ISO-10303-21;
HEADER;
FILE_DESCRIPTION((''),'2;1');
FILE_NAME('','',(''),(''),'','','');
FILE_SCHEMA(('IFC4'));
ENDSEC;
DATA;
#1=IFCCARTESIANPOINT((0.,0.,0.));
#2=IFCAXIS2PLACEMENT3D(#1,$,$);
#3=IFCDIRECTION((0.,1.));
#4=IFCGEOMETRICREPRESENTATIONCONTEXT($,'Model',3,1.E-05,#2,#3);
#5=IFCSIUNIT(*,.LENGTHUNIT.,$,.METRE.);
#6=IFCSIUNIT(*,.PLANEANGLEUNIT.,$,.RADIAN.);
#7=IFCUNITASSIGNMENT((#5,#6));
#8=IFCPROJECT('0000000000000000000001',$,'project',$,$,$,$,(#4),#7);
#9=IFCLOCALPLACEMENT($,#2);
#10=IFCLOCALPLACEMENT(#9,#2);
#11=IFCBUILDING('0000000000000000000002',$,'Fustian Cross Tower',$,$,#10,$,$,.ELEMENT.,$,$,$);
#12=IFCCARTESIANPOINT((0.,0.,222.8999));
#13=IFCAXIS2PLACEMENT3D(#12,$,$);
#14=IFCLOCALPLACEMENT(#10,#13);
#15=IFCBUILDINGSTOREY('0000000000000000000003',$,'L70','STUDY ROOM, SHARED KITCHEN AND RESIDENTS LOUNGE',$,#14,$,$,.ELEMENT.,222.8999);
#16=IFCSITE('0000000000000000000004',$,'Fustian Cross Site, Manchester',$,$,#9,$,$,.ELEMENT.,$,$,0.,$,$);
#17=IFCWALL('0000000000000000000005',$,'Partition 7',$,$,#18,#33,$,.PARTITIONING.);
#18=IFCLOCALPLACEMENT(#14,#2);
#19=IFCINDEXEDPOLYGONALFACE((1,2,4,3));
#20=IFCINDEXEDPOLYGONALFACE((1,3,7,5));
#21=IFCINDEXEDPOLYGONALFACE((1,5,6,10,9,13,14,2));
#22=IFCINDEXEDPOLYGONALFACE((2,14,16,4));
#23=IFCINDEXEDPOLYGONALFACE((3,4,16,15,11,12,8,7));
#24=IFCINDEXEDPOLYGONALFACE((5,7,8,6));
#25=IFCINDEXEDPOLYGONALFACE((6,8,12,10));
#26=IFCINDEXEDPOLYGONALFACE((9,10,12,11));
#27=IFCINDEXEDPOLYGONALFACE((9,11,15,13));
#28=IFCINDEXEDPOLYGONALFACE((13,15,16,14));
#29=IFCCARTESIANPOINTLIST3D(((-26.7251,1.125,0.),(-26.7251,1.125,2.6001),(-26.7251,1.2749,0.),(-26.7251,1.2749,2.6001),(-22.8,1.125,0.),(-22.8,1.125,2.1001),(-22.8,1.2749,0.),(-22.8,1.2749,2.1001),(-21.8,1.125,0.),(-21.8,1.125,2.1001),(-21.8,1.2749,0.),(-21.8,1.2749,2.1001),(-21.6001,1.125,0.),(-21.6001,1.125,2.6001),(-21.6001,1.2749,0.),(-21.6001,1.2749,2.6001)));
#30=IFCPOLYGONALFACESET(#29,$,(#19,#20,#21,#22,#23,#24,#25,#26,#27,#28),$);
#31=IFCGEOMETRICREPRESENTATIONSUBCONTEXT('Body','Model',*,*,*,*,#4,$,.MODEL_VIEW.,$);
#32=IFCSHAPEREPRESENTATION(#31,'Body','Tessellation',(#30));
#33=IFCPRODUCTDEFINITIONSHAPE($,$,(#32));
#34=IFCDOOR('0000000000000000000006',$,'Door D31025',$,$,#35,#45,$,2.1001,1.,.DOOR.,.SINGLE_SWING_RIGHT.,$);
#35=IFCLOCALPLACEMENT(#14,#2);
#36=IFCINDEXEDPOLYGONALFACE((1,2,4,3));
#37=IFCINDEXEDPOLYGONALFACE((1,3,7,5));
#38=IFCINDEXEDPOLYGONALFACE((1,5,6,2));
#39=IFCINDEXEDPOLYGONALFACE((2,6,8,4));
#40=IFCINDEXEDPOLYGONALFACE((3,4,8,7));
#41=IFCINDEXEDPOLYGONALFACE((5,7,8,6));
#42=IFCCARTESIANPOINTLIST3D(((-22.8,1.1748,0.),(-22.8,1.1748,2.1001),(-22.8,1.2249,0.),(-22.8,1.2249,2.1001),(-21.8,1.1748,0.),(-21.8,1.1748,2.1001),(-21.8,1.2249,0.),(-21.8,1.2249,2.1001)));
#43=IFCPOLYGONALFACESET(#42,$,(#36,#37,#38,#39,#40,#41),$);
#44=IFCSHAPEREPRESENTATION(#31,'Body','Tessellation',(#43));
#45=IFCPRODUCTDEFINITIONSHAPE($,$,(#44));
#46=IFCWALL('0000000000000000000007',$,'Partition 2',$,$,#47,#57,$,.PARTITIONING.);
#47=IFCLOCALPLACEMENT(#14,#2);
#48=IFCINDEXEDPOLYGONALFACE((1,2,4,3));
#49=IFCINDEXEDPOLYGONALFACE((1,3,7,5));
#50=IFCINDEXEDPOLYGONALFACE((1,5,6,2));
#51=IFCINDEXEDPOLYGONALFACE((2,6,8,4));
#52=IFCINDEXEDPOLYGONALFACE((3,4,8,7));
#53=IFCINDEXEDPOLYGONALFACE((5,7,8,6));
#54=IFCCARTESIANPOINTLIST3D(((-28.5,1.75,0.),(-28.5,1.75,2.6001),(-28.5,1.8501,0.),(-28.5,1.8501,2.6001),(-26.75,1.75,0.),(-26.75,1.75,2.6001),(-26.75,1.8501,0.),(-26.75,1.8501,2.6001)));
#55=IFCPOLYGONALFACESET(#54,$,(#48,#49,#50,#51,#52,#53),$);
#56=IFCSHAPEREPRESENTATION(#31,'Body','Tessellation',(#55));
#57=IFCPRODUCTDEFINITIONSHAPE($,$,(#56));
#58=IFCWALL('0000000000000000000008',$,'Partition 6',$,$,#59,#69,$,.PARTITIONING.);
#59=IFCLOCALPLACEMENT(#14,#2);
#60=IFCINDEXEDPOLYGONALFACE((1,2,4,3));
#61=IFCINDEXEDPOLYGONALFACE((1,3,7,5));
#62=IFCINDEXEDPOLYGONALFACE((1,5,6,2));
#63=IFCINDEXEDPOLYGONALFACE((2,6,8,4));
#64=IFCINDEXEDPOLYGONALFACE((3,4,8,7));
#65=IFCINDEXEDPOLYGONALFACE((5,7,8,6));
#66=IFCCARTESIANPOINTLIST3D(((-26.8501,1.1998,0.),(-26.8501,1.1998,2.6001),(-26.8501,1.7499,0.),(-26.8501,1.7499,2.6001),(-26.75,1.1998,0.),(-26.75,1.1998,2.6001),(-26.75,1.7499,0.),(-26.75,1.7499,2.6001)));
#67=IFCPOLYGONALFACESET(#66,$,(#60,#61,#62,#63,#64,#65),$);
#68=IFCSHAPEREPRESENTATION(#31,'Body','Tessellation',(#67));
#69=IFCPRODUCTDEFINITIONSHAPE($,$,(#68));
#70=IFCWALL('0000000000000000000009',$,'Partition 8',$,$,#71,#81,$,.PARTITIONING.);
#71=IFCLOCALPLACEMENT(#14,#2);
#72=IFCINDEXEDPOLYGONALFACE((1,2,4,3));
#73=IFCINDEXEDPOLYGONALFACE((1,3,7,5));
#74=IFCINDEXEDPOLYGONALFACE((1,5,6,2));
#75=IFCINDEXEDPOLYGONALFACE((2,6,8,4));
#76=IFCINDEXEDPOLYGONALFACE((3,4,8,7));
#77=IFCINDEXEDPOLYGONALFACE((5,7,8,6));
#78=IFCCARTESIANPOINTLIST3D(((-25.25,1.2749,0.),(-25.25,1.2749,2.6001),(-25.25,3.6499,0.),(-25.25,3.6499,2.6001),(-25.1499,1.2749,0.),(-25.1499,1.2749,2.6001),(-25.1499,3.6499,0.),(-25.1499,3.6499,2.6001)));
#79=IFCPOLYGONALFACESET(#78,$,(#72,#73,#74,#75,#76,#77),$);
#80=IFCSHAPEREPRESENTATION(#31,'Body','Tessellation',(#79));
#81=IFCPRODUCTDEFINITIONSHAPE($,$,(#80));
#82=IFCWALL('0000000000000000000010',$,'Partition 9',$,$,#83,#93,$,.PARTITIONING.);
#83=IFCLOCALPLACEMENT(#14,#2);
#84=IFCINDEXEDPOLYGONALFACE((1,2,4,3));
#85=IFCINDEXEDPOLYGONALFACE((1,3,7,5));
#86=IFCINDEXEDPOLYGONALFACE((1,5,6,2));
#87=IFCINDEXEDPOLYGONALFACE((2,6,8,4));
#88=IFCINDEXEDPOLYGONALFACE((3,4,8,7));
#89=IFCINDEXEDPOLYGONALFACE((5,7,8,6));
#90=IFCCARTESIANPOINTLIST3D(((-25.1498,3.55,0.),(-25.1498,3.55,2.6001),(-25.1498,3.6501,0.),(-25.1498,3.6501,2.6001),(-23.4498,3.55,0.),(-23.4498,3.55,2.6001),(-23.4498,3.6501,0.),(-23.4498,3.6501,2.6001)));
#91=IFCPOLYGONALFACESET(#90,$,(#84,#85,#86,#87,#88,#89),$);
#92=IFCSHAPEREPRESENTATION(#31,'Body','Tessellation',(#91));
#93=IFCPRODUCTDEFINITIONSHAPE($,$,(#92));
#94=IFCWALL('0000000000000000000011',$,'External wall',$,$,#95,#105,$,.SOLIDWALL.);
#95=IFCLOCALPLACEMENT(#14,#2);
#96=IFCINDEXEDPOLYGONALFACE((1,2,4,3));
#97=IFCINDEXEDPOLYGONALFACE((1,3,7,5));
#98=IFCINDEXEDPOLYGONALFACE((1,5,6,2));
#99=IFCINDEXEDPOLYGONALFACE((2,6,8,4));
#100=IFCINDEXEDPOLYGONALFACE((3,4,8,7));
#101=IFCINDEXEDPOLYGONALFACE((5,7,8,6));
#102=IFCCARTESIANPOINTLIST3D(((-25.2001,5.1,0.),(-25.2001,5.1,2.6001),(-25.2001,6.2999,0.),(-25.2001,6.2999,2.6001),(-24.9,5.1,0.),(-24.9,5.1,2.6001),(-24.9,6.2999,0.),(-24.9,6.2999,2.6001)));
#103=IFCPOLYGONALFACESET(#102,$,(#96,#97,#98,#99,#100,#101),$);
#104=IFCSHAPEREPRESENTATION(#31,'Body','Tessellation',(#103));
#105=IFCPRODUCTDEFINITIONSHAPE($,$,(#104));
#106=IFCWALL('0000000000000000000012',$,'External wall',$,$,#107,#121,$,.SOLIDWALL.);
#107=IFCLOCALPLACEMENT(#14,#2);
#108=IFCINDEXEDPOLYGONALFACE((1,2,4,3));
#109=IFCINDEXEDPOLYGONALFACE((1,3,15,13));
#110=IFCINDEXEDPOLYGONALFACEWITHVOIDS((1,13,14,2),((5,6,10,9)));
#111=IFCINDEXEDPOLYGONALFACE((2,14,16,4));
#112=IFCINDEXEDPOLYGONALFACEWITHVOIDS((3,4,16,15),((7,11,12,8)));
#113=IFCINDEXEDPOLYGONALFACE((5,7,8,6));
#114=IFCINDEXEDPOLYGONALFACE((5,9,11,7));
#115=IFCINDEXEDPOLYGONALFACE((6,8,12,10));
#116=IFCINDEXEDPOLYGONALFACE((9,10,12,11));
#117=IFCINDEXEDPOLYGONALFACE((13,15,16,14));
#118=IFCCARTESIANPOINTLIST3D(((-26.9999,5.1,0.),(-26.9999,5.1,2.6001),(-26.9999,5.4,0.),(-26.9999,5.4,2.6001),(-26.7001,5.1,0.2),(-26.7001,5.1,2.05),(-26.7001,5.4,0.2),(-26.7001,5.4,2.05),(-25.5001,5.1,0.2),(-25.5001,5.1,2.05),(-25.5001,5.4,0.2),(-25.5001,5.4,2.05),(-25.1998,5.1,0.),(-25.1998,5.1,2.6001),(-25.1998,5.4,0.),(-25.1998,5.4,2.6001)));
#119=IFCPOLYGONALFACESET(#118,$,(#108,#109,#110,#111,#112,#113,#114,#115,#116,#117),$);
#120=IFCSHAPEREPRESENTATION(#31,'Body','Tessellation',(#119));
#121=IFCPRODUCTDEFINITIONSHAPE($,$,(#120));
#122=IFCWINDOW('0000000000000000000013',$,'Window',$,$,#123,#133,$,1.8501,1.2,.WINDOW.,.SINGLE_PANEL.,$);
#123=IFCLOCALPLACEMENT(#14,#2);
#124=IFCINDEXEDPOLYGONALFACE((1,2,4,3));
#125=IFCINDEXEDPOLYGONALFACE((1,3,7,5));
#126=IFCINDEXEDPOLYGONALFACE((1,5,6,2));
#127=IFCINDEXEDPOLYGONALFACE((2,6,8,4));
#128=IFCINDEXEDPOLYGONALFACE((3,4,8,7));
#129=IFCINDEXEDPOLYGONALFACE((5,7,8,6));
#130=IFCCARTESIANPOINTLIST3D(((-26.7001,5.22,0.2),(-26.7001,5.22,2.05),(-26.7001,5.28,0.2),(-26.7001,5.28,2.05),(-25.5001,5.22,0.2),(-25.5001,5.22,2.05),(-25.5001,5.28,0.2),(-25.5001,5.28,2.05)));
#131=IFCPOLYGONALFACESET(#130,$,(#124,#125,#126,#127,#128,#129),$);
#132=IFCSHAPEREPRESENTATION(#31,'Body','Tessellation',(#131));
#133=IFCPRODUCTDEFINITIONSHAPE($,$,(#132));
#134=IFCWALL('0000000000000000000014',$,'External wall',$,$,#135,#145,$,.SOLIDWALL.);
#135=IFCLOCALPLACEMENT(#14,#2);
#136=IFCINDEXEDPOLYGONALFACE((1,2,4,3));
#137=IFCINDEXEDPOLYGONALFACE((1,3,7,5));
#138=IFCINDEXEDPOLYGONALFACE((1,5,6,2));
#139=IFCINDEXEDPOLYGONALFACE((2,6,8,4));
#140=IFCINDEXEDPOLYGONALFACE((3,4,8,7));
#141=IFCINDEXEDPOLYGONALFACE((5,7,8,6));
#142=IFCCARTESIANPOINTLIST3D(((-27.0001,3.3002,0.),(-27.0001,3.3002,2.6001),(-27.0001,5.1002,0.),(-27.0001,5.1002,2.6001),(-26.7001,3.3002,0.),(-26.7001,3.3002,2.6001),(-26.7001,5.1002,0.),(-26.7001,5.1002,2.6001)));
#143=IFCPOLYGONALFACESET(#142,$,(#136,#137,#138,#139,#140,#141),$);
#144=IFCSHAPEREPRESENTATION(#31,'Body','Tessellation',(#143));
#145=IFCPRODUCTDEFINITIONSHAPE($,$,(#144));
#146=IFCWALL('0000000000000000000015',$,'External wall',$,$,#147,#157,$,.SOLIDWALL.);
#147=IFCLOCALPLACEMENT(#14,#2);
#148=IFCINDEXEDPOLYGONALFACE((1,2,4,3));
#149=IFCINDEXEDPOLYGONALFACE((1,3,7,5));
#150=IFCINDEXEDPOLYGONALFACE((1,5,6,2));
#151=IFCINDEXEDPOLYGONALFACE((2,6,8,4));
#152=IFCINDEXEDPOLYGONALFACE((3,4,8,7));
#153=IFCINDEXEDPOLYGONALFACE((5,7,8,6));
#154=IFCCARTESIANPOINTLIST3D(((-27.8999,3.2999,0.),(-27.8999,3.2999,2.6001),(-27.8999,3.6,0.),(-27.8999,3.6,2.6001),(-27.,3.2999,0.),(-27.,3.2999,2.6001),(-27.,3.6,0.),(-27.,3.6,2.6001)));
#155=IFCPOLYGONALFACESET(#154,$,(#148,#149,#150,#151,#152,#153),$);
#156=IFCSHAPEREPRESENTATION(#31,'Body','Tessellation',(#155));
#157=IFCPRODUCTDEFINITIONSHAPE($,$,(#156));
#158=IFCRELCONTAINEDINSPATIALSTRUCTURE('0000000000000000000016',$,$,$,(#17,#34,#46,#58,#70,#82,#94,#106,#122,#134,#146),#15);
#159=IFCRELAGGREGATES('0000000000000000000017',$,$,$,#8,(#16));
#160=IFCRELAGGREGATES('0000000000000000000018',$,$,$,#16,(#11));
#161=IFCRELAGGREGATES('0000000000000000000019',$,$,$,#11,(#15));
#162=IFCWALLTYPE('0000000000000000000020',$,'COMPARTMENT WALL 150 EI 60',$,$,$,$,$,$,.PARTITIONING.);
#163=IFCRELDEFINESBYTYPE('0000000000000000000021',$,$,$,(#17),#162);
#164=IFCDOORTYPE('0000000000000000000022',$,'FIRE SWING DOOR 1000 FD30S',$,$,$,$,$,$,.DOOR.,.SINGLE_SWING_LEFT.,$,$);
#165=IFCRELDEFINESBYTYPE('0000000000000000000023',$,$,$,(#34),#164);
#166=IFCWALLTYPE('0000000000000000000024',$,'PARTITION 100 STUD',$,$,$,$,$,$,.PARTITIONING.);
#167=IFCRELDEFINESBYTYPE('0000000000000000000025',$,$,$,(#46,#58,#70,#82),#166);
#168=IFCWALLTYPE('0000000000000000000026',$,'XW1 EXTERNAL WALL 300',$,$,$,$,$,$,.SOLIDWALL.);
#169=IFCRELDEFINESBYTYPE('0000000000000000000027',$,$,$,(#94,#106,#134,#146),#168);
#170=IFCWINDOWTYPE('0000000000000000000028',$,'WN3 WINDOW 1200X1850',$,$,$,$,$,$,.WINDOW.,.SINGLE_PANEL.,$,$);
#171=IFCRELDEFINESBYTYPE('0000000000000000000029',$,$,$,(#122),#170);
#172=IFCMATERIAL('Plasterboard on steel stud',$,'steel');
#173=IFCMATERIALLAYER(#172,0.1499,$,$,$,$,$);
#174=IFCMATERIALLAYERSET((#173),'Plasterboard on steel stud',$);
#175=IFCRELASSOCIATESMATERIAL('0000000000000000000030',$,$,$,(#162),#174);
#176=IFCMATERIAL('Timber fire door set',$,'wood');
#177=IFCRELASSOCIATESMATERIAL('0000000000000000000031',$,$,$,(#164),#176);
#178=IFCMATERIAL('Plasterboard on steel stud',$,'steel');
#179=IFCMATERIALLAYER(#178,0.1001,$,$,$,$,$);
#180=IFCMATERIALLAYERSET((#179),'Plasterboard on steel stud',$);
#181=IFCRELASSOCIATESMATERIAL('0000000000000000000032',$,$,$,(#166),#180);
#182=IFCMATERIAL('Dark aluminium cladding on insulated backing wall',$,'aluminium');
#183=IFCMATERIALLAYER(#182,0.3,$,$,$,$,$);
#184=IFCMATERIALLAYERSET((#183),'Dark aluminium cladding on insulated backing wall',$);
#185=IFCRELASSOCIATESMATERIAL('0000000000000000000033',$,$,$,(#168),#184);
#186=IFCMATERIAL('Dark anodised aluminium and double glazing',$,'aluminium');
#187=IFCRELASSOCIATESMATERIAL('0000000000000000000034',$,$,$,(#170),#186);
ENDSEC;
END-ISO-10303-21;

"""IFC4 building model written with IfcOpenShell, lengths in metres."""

from ifc_helpers import new_model, si_unit, direction, frame, frame_2d, origin, place, context, subcontext, project, spatial, rectangle, extrude, material, layer, layer_set, type_object, element, fill, save


model = new_model("IFC4")

# Units and contexts
model_context = context("Model", 3, precision=1e-05, world=origin(), true_north=direction((0.0, 1.0)))
body_context = subcontext(model_context, "Body", "Model", "MODEL_VIEW")
ifc_project = project(units=[si_unit("LENGTHUNIT", "METRE"), si_unit("PLANEANGLEUNIT", "RADIAN")], contexts=[model_context])

# Site, building, storey
site_placement = place(None, origin())
site = spatial("IfcSite", under=ifc_project, at=site_placement, Name="Fustian Cross Site, Manchester", CompositionType="ELEMENT", RefElevation=0.0)
building_placement = place(site_placement, origin())
building = spatial("IfcBuilding", under=site, at=building_placement, Name="Fustian Cross Tower", CompositionType="ELEMENT")
storey_placement = place(building_placement, frame((0.0, 0.0, 222.8999)))
storey = spatial("IfcBuildingStorey", under=building, at=storey_placement, Name="L70", Description="STUDY ROOM, SHARED KITCHEN AND RESIDENTS LOUNGE", CompositionType="ELEMENT", Elevation=222.8999)

# Wall, opening, door
ifc_material_1 = material(Name="Plasterboard on steel stud", Category="steel")
ifc_layer_1 = layer(ifc_material_1, 0.1499)
ifc_layer_set_1 = layer_set([ifc_layer_1], Name="Plasterboard on steel stud")
wall_type_1 = type_object("IfcWallType", Name="COMPARTMENT WALL 150 EI 60", PredefinedType="PARTITIONING", material=ifc_layer_set_1)
wall_1_placement = place(storey_placement, frame((-26.7251, 1.2, 0.0), z_axis=(0.0, 0.0, 1.0), x_axis=(1.0, 0.0, 0.0)))
wall_1 = element("IfcWall", 1, at=wall_1_placement, inside=storey, type_object=wall_type_1, Name="Partition 7", PredefinedType="PARTITIONING", context=body_context, shape_type="SweptSolid", body=[
    extrude(rectangle(XDim=5.125, YDim=0.1499, at=frame_2d((2.5625, 0.0))), origin(), (0.0, 0.0, 1.0), 2.6001),
])
opening_1_placement = place(wall_1_placement, frame((3.925, 0.0, 0.0)))
opening_1 = element("IfcOpeningElement", 2, at=opening_1_placement, cuts=wall_1, PredefinedType="OPENING", context=body_context, shape_type="SweptSolid", body=[
    extrude(rectangle(XDim=1.0, YDim=2.1001, at=frame_2d((0.5, 1.05))), frame((0.0, 0.085, 0.0), z_axis=(0.0, -1.0, 0.0), x_axis=(1.0, 0.0, 0.0)), (0.0, 0.0, 1.0), 0.1699),
])
ifc_material_2 = material(Name="Timber fire door set", Category="wood")
door_type = type_object("IfcDoorType", Name="FIRE SWING DOOR 1000 FD30S", OperationType="SINGLE_SWING_LEFT", PredefinedType="DOOR", material=ifc_material_2)
door_placement = place(opening_1_placement, origin())
door = element("IfcDoor", 3, at=door_placement, inside=storey, type_object=door_type, Name="Door D31025", OperationType="SINGLE_SWING_RIGHT", OverallHeight=2.1001, OverallWidth=1.0, PredefinedType="DOOR", context=body_context, shape_type="SweptSolid", body=[
    extrude(rectangle(XDim=1.0, YDim=2.1001, at=frame_2d((0.5, 1.05))), frame((0.0, 0.0249, 0.0), z_axis=(0.0, -1.0, 0.0), x_axis=(1.0, 0.0, 0.0)), (0.0, 0.0, 1.0), 0.05),
])
fill(opening_1, door)

# Walls
ifc_material_3 = material(Name="Plasterboard on steel stud", Category="steel")
ifc_layer_2 = layer(ifc_material_3, 0.1001)
ifc_layer_set_2 = layer_set([ifc_layer_2], Name="Plasterboard on steel stud")
wall_type_2 = type_object("IfcWallType", Name="PARTITION 100 STUD", PredefinedType="PARTITIONING", material=ifc_layer_set_2)
wall_2_placement = place(storey_placement, frame((-28.5, 1.8, 0.0), z_axis=(0.0, 0.0, 1.0), x_axis=(1.0, 0.0, 0.0)))
element("IfcWall", 4, at=wall_2_placement, inside=storey, type_object=wall_type_2, Name="Partition 2", PredefinedType="PARTITIONING", context=body_context, shape_type="SweptSolid", body=[
    extrude(rectangle(XDim=1.75, YDim=0.1001, at=frame_2d((0.875, 0.0))), origin(), (0.0, 0.0, 1.0), 2.6001),
])
wall_3_placement = place(storey_placement, frame((-26.8, 1.2, 0.0), z_axis=(0.0, 0.0, 1.0), x_axis=(0.0, 1.0, 0.0)))
element("IfcWall", 5, at=wall_3_placement, inside=storey, type_object=wall_type_2, Name="Partition 6", PredefinedType="PARTITIONING", context=body_context, shape_type="SweptSolid", body=[
    extrude(rectangle(XDim=0.55, YDim=0.1001, at=frame_2d((0.2749, 0.0))), origin(), (0.0, 0.0, 1.0), 2.6001),
])
wall_4_placement = place(storey_placement, frame((-25.2, 1.2749, 0.0), z_axis=(0.0, 0.0, 1.0), x_axis=(0.0, 1.0, 0.0)))
element("IfcWall", 6, at=wall_4_placement, inside=storey, type_object=wall_type_2, Name="Partition 8", PredefinedType="PARTITIONING", context=body_context, shape_type="SweptSolid", body=[
    extrude(rectangle(XDim=2.375, YDim=0.1001, at=frame_2d((1.1875, 0.0))), origin(), (0.0, 0.0, 1.0), 2.6001),
])
wall_5_placement = place(storey_placement, frame((-25.1499, 3.6001, 0.0), z_axis=(0.0, 0.0, 1.0), x_axis=(1.0, 0.0, 0.0)))
element("IfcWall", 7, at=wall_5_placement, inside=storey, type_object=wall_type_2, Name="Partition 9", PredefinedType="PARTITIONING", context=body_context, shape_type="SweptSolid", body=[
    extrude(rectangle(XDim=1.7, YDim=0.1001, at=frame_2d((0.8501, 0.0))), origin(), (0.0, 0.0, 1.0), 2.6001),
])
ifc_material_4 = material(Name="Dark aluminium cladding on insulated backing wall", Category="aluminium")
ifc_layer_3 = layer(ifc_material_4, 0.3)
ifc_layer_set_3 = layer_set([ifc_layer_3], Name="Dark aluminium cladding on insulated backing wall")
wall_type_3 = type_object("IfcWallType", Name="XW1 EXTERNAL WALL 300", PredefinedType="SOLIDWALL", material=ifc_layer_set_3)
wall_6_placement = place(storey_placement, frame((-25.05, 6.3, 0.0), z_axis=(0.0, 0.0, 1.0), x_axis=(0.0, -1.0, 0.0)))
element("IfcWall", 8, at=wall_6_placement, inside=storey, type_object=wall_type_3, Name="External wall", PredefinedType="SOLIDWALL", context=body_context, shape_type="SweptSolid", body=[
    extrude(rectangle(XDim=1.2, YDim=0.3, at=frame_2d((0.6001, 0.0))), origin(), (0.0, 0.0, 1.0), 2.6001),
])

# Wall, opening, window
wall_7_placement = place(storey_placement, frame((-25.2, 5.25, 0.0), z_axis=(0.0, 0.0, 1.0), x_axis=(-1.0, 0.0, 0.0)))
wall_7 = element("IfcWall", 9, at=wall_7_placement, inside=storey, type_object=wall_type_3, Name="External wall", PredefinedType="SOLIDWALL", context=body_context, shape_type="SweptSolid", body=[
    extrude(rectangle(XDim=1.8, YDim=0.3, at=frame_2d((0.8999, 0.0))), origin(), (0.0, 0.0, 1.0), 2.6001),
])
opening_2_placement = place(wall_7_placement, frame((0.3, 0.0, 0.2)))
opening_2 = element("IfcOpeningElement", 10, at=opening_2_placement, cuts=wall_7, PredefinedType="OPENING", context=body_context, shape_type="SweptSolid", body=[
    extrude(rectangle(XDim=1.2, YDim=1.8501, at=frame_2d((0.6001, 0.925))), frame((0.0, 0.1599, 0.0), z_axis=(0.0, -1.0, 0.0), x_axis=(1.0, 0.0, 0.0)), (0.0, 0.0, 1.0), 0.3201),
])
ifc_material_5 = material(Name="Dark anodised aluminium and double glazing", Category="aluminium")
window_type_1 = type_object("IfcWindowType", Name="WN3 WINDOW 1200X1850", PartitioningType="SINGLE_PANEL", PredefinedType="WINDOW", material=ifc_material_5)
window_1_placement = place(opening_2_placement, origin())
window_1 = element("IfcWindow", 11, at=window_1_placement, inside=storey, type_object=window_type_1, Name="Window", OverallHeight=1.8501, OverallWidth=1.2, PartitioningType="SINGLE_PANEL", PredefinedType="WINDOW", context=body_context, shape_type="SweptSolid", body=[
    extrude(rectangle(XDim=1.2, YDim=1.8501, at=frame_2d((0.6001, 0.925))), frame((0.0, 0.03, 0.0), z_axis=(0.0, -1.0, 0.0), x_axis=(1.0, 0.0, 0.0)), (0.0, 0.0, 1.0), 0.0601),
])
fill(opening_2, window_1)

# Walls
wall_8_placement = place(storey_placement, frame((-26.8501, 5.1001, 0.0), z_axis=(0.0, 0.0, 1.0), x_axis=(0.0, -1.0, 0.0)))
element("IfcWall", 12, at=wall_8_placement, inside=storey, type_object=wall_type_3, Name="External wall", PredefinedType="SOLIDWALL", context=body_context, shape_type="SweptSolid", body=[
    extrude(rectangle(XDim=1.8, YDim=0.3, at=frame_2d((0.8999, 0.0))), origin(), (0.0, 0.0, 1.0), 2.6001),
])
wall_9_placement = place(storey_placement, frame((-27.0, 3.45, 0.0), z_axis=(0.0, 0.0, 1.0), x_axis=(-1.0, 0.0, 0.0)))
element("IfcWall", 13, at=wall_9_placement, inside=storey, type_object=wall_type_3, Name="External wall", PredefinedType="SOLIDWALL", context=body_context, shape_type="SweptSolid", body=[
    extrude(rectangle(XDim=0.8999, YDim=0.3, at=frame_2d((0.45, 0.0))), origin(), (0.0, 0.0, 1.0), 2.6001),
])

save(model, "model.ifc")
